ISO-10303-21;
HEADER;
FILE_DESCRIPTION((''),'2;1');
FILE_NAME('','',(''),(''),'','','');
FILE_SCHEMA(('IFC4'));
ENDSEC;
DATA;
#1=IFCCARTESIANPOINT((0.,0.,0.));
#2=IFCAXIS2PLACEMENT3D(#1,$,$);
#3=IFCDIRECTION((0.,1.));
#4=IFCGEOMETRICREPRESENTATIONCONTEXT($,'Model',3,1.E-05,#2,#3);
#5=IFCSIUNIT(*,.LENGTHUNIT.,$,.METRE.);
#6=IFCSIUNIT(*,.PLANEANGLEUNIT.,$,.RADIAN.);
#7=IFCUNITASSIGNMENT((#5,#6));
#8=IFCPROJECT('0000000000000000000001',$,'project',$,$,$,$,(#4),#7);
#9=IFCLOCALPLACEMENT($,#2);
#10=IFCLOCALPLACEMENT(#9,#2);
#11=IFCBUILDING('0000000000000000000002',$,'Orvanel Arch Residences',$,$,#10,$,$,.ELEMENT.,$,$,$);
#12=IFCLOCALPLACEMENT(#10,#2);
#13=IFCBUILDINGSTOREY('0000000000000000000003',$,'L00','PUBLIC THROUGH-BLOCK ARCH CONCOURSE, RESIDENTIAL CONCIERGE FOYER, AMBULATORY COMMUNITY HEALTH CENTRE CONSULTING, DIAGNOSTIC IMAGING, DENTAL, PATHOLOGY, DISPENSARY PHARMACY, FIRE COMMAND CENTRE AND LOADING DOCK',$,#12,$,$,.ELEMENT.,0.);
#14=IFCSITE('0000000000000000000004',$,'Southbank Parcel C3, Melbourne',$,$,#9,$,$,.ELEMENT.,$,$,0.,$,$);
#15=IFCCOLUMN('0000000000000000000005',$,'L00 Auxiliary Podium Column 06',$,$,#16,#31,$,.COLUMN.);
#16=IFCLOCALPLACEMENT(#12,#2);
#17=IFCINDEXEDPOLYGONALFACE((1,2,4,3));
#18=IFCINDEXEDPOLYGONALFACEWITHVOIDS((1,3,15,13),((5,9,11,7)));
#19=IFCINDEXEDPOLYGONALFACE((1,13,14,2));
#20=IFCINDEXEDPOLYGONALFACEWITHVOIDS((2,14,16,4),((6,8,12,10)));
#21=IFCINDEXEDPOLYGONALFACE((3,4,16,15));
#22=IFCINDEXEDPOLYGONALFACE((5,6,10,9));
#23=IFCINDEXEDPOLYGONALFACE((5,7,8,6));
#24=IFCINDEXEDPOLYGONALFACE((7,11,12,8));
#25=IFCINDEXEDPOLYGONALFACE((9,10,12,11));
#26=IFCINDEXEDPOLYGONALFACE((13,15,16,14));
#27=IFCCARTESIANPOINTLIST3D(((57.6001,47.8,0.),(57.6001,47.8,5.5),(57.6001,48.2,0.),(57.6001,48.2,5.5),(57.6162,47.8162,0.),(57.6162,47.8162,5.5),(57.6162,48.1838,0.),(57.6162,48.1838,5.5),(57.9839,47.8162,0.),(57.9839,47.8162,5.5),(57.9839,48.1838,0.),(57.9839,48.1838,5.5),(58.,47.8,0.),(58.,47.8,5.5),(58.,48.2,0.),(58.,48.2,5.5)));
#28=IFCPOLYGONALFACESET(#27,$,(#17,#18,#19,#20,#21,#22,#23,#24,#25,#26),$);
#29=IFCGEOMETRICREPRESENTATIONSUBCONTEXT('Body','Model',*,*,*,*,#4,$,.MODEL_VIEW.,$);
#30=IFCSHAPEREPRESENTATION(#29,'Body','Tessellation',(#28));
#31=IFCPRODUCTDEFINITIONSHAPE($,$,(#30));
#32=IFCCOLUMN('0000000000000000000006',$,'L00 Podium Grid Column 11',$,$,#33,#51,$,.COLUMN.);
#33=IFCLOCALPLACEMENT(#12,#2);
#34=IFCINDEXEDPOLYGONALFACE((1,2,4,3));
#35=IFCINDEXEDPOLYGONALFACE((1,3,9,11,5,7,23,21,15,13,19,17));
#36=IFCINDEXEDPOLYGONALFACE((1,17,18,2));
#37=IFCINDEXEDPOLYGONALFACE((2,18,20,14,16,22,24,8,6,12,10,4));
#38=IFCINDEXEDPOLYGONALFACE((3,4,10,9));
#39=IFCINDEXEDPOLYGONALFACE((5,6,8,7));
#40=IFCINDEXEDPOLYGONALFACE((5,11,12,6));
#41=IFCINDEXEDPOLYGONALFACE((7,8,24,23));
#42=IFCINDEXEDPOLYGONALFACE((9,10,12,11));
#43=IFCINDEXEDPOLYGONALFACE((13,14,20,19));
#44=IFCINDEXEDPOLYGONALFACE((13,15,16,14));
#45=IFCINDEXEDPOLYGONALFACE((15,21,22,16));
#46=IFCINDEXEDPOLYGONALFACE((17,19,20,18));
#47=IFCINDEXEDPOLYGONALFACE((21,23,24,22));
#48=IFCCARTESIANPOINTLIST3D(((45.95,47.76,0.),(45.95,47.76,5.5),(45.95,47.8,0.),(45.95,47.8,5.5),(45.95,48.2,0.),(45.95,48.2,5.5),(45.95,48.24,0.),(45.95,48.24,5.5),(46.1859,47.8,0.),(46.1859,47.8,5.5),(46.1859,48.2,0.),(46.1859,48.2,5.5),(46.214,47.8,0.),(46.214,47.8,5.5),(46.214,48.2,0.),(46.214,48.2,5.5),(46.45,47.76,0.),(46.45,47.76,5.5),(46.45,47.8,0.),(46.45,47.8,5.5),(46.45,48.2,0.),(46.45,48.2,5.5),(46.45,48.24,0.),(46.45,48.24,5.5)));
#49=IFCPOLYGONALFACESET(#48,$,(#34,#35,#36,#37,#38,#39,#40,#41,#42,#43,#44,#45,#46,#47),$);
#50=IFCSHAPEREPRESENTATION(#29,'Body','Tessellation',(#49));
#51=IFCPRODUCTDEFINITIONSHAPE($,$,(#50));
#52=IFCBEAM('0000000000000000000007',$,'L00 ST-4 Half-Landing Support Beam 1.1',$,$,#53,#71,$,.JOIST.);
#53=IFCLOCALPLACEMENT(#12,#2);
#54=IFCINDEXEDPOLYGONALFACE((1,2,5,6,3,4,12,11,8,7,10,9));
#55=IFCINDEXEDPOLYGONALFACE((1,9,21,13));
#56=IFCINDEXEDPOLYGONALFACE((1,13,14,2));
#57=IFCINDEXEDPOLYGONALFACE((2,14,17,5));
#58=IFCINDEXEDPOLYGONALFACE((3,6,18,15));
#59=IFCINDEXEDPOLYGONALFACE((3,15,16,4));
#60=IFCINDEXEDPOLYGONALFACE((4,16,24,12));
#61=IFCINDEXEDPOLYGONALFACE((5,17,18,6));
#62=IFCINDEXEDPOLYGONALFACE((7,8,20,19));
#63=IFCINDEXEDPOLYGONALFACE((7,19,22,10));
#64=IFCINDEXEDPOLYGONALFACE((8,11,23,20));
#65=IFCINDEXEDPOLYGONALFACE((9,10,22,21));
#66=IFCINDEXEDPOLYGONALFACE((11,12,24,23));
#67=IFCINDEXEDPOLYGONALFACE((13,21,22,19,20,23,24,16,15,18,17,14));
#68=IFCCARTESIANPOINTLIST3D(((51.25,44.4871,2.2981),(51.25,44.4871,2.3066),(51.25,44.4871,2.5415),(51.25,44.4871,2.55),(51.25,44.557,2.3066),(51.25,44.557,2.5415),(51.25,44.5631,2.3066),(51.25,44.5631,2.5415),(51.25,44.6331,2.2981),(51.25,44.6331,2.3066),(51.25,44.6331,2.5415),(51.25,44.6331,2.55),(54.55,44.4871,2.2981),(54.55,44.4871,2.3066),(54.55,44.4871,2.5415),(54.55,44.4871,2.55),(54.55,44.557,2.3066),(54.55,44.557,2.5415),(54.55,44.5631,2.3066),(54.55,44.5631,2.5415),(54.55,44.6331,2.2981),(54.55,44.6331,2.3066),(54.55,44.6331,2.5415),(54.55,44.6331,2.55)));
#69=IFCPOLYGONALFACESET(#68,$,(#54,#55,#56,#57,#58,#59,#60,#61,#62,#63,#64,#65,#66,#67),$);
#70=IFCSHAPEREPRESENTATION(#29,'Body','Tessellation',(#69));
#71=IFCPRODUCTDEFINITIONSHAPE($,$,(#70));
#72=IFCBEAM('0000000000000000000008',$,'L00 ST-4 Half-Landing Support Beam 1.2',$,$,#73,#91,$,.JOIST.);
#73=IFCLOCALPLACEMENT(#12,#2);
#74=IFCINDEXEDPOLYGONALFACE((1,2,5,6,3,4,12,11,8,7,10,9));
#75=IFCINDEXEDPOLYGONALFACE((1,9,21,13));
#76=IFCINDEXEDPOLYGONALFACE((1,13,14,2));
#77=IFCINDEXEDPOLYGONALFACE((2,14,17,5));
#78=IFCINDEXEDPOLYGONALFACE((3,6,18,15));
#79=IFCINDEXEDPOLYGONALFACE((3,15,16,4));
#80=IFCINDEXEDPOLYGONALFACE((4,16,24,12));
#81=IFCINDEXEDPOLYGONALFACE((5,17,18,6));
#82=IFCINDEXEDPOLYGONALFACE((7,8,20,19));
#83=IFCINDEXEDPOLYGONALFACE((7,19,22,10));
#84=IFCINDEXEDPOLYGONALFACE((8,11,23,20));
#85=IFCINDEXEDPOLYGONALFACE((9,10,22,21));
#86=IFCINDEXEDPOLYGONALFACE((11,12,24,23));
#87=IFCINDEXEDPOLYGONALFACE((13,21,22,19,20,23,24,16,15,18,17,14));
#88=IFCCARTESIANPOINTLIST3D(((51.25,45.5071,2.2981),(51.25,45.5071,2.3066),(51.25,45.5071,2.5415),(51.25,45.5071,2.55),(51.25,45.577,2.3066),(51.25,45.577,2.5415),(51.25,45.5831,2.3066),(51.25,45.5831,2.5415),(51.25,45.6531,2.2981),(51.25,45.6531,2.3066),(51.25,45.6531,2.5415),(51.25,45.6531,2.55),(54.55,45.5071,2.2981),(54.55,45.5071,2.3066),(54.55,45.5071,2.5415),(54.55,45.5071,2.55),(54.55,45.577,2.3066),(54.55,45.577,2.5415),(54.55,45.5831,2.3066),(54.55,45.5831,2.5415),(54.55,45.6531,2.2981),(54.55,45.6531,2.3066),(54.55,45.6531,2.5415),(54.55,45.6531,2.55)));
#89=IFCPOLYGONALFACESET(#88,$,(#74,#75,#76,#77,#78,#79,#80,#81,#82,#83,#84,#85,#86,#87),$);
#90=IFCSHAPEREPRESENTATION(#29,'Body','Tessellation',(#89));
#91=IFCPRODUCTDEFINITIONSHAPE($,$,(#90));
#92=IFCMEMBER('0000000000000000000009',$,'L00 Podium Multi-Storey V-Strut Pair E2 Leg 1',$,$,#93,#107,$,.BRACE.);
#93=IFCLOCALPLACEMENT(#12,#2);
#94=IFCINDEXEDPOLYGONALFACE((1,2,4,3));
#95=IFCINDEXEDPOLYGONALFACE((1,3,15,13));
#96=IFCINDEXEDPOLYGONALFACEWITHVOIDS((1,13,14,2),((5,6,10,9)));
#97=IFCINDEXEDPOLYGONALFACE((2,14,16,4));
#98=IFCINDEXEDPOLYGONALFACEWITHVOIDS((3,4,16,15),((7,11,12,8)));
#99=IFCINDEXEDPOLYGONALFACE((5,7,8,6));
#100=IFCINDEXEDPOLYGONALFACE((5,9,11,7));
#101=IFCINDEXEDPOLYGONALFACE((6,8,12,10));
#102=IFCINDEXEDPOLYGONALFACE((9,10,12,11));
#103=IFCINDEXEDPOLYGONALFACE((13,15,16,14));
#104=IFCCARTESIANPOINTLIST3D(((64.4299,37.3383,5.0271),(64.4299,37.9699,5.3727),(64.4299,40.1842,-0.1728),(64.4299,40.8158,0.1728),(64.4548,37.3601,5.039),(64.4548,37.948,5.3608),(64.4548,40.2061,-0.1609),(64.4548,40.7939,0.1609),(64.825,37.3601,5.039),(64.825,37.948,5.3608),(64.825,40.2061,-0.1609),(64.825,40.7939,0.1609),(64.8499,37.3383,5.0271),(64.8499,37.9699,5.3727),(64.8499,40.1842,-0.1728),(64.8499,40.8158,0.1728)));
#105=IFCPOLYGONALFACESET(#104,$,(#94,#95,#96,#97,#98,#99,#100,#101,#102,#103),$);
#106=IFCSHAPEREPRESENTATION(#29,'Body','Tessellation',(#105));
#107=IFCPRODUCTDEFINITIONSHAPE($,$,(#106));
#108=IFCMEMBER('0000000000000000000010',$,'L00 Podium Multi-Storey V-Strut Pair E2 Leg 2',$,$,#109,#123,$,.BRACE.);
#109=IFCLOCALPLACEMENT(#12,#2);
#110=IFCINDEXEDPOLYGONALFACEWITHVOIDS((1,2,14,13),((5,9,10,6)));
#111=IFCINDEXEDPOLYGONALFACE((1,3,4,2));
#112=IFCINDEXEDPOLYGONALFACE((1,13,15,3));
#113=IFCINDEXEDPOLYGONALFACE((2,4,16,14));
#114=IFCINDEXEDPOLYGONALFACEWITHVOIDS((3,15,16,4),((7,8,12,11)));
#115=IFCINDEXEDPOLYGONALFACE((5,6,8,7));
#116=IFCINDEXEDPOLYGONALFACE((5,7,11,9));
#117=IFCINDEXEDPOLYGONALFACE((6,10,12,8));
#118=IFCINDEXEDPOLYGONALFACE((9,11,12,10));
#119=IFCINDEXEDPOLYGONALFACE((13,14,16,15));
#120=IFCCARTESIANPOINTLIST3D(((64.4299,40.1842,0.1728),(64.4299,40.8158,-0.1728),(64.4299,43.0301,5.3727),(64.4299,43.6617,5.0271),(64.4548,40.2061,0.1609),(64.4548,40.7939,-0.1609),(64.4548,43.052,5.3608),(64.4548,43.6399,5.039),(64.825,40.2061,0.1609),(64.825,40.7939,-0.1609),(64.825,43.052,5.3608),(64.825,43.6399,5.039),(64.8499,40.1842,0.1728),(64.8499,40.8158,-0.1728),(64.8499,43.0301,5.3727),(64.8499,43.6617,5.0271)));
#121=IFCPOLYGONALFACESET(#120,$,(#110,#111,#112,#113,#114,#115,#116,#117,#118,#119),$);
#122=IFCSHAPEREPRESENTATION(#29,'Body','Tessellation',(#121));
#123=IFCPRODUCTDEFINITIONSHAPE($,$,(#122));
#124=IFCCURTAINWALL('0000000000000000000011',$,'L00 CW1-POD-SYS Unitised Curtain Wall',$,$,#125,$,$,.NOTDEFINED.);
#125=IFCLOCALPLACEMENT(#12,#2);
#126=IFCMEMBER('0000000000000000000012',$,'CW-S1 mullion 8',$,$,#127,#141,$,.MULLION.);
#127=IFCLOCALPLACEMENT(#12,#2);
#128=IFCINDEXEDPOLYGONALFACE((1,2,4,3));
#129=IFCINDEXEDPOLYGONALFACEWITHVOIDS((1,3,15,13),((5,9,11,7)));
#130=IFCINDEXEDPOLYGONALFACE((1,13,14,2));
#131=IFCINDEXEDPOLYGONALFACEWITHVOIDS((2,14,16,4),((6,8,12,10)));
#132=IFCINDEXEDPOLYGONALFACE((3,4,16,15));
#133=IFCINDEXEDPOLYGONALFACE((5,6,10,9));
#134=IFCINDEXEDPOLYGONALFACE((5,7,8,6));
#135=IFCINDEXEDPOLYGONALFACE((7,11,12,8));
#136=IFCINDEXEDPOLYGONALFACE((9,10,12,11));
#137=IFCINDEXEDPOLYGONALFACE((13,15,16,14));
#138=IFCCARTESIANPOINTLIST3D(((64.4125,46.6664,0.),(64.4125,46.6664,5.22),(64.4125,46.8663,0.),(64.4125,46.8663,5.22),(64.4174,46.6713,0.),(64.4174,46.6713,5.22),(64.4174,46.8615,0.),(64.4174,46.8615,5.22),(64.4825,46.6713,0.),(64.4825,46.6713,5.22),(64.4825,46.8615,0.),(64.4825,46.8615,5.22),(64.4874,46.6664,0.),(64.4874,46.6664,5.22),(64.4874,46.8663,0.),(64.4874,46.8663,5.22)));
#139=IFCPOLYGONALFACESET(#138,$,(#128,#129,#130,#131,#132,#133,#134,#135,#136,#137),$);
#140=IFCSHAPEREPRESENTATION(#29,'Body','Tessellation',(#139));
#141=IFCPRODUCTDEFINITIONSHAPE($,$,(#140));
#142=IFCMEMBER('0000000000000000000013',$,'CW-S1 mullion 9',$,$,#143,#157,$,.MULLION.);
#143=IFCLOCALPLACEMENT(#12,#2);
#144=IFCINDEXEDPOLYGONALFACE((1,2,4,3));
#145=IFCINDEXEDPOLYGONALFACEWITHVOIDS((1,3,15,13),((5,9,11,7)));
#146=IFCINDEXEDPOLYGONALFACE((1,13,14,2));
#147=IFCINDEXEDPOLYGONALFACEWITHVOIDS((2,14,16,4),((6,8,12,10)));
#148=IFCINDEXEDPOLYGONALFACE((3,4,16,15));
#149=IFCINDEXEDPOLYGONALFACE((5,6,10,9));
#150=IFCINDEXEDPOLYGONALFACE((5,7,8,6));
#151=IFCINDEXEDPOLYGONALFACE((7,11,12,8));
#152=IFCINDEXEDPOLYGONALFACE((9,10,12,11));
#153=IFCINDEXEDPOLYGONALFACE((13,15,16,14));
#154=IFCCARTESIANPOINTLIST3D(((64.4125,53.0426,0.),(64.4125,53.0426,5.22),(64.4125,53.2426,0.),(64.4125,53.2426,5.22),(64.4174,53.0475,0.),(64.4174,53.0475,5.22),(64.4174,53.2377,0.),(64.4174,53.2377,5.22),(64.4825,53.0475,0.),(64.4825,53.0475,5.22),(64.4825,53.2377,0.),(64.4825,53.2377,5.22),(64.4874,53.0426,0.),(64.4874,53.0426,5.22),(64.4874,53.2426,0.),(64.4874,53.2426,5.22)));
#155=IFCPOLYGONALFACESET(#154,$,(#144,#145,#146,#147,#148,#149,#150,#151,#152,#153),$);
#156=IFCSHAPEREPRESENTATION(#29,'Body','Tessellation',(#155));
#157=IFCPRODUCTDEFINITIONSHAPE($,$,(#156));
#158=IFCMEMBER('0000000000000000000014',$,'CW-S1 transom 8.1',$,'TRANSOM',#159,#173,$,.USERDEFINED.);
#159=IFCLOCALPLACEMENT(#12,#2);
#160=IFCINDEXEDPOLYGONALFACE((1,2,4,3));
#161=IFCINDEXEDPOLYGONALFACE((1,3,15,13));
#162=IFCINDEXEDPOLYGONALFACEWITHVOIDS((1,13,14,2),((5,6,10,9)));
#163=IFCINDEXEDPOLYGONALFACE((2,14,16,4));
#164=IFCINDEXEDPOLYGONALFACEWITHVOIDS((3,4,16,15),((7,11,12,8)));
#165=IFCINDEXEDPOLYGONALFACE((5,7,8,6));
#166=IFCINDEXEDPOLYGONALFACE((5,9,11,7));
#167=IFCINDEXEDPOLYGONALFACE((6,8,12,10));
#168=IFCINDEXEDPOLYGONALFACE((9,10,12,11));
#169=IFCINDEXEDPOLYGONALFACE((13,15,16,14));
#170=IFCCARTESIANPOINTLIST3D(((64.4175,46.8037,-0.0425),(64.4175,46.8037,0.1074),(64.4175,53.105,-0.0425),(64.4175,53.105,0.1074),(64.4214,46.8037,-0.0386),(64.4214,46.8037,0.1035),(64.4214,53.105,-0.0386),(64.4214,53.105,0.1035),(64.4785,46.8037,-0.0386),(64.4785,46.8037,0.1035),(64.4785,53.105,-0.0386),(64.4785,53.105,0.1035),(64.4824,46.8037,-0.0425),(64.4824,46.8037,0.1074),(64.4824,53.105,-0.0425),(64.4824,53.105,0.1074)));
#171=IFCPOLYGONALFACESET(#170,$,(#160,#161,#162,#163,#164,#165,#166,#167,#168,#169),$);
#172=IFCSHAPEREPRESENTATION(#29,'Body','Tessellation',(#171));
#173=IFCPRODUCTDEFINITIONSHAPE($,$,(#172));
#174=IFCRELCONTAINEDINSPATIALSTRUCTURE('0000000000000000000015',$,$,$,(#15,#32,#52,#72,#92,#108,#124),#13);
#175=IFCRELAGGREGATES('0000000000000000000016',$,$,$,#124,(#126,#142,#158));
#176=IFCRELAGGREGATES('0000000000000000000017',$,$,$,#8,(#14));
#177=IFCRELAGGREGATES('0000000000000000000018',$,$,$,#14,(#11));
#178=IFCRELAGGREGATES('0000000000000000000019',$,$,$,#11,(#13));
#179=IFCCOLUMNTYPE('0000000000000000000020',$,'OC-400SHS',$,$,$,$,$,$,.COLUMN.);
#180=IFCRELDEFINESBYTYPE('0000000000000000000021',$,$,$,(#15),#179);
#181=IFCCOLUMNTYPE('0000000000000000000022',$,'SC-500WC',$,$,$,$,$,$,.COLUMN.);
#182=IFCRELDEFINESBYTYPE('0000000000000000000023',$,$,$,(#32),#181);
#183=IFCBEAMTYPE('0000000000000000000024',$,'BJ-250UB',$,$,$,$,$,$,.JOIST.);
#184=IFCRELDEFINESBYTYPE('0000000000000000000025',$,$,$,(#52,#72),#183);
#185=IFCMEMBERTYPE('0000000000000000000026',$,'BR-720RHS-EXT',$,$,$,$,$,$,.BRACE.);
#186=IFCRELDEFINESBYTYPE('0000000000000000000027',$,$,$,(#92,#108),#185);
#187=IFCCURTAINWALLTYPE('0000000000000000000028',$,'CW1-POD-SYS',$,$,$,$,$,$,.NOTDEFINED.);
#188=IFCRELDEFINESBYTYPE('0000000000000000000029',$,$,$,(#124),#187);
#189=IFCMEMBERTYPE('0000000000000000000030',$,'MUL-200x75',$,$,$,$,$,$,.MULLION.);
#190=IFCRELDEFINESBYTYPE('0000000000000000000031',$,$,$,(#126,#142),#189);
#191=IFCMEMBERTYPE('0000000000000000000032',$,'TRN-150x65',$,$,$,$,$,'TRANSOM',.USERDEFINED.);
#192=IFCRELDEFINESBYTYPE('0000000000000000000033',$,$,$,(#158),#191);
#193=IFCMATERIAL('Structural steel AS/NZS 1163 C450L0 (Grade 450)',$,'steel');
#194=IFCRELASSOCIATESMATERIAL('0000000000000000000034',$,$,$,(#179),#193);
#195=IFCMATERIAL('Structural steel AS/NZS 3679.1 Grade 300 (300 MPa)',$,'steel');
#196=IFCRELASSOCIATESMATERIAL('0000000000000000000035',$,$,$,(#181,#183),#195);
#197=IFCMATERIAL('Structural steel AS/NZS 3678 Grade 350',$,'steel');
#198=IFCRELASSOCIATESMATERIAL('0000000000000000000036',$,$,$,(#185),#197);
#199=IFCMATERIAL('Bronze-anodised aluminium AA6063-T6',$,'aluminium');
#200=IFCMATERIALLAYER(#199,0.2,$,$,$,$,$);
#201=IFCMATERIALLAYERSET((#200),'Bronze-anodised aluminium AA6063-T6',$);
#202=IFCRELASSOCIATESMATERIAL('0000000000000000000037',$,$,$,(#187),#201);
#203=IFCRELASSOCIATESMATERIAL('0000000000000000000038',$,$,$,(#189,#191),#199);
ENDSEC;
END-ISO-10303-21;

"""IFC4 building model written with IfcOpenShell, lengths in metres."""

from ifc_helpers import new_model, si_unit, direction, frame, origin, origin_2d, place, context, subcontext, project, spatial, hollow_rectangle, i_section, extrude, material, layer, layer_set, material_profile, profile_set, type_object, element, aggregate, save


model = new_model("IFC4")

# Units and contexts
model_context = context("Model", 3, precision=1e-05, world=origin(), true_north=direction((0.0, 1.0)))
body_context = subcontext(model_context, "Body", "Model", "MODEL_VIEW")
ifc_project = project(units=[si_unit("LENGTHUNIT", "METRE"), si_unit("PLANEANGLEUNIT", "RADIAN")], contexts=[model_context])

# Site, building, storey
site_placement = place(None, origin())
site = spatial("IfcSite", under=ifc_project, at=site_placement, Name="Southbank Parcel C3, Melbourne", CompositionType="ELEMENT", RefElevation=0.0)
building_placement = place(site_placement, origin())
building = spatial("IfcBuilding", under=site, at=building_placement, Name="Orvanel Arch Residences", CompositionType="ELEMENT")
storey_placement = place(building_placement, origin())
storey = spatial("IfcBuildingStorey", under=building, at=storey_placement, Name="L00", Description="PUBLIC THROUGH-BLOCK ARCH CONCOURSE, RESIDENTIAL CONCIERGE FOYER, AMBULATORY COMMUNITY HEALTH CENTRE CONSULTING, DIAGNOSTIC IMAGING, DENTAL, PATHOLOGY, DISPENSARY PHARMACY, FIRE COMMAND CENTRE AND LOADING DOCK", CompositionType="ELEMENT", Elevation=0.0)

# Columns
ifc_material_1 = material(Name="Structural steel AS/NZS 1163 C450L0 (Grade 450)", Category="steel")
ifc_material_profile_1 = material_profile(ifc_material_1, hollow_rectangle(XDim=0.3999, YDim=0.3999, WallThickness=0.0161, at=origin_2d()), Name="SHS400x400x16")
ifc_profile_set_1 = profile_set([ifc_material_profile_1], Name="Structural steel AS/NZS 1163 C450L0 (Grade 450)")
column_type_1 = type_object("IfcColumnType", Name="OC-400SHS", PredefinedType="COLUMN", material=ifc_profile_set_1)
column_1_placement = place(storey_placement, frame((57.8, 48.0, 0.0), z_axis=(0.0, 0.0, 1.0), x_axis=(1.0, 0.0, 0.0)))
element("IfcColumn", 1, at=column_1_placement, inside=storey, type_object=column_type_1, Name="L00 Auxiliary Podium Column 06", PredefinedType="COLUMN", context=body_context, shape_type="SweptSolid", body=[
    extrude(hollow_rectangle(XDim=0.3999, YDim=0.3999, WallThickness=0.0161, at=origin_2d()), origin(), (0.0, 0.0, 1.0), 5.5),
])
ifc_material_2 = material(Name="Structural steel AS/NZS 3679.1 Grade 300 (300 MPa)", Category="steel")
ifc_material_profile_2 = material_profile(ifc_material_2, i_section(OverallWidth=0.5, OverallDepth=0.48, WebThickness=0.0281, FlangeThickness=0.04, at=origin_2d()), Name="500WC440")
ifc_profile_set_2 = profile_set([ifc_material_profile_2], Name="Structural steel AS/NZS 3679.1 Grade 300 (300 MPa)")
column_type_2 = type_object("IfcColumnType", Name="SC-500WC", PredefinedType="COLUMN", material=ifc_profile_set_2)
column_2_placement = place(storey_placement, frame((46.2, 48.0, 0.0), z_axis=(0.0, 0.0, 1.0), x_axis=(1.0, 0.0, 0.0)))
element("IfcColumn", 2, at=column_2_placement, inside=storey, type_object=column_type_2, Name="L00 Podium Grid Column 11", PredefinedType="COLUMN", context=body_context, shape_type="SweptSolid", body=[
    extrude(i_section(OverallWidth=0.5, OverallDepth=0.48, WebThickness=0.0281, FlangeThickness=0.04, at=origin_2d()), origin(), (0.0, 0.0, 1.0), 5.5),
])

# Beams
ifc_material_profile_3 = material_profile(ifc_material_2, i_section(OverallWidth=0.146, OverallDepth=0.252, WebThickness=0.0061, FlangeThickness=0.0085, at=origin_2d()), Name="250UB31.4")
ifc_profile_set_3 = profile_set([ifc_material_profile_3], Name="Structural steel AS/NZS 3679.1 Grade 300 (300 MPa)")
beam_type = type_object("IfcBeamType", Name="BJ-250UB", PredefinedType="JOIST", material=ifc_profile_set_3)
for number, where, z_axis, x_axis, name in (
    (3, (51.25, 44.5601, 2.4241), (1.0, 0.0, 0.0), (0.0, 1.0, 0.0), "L00 ST-4 Half-Landing Support Beam 1.1"),
    (4, (51.25, 45.5801, 2.4241), (1.0, 0.0, 0.0), (0.0, 1.0, 0.0), "L00 ST-4 Half-Landing Support Beam 1.2"),
):
    element("IfcBeam", number, at=place(storey_placement, frame(where, z_axis=z_axis, x_axis=x_axis)), inside=storey, type_object=beam_type, Name=name, PredefinedType="JOIST", context=body_context, shape_type="SweptSolid", body=[
        extrude(i_section(OverallWidth=0.146, OverallDepth=0.252, WebThickness=0.0061, FlangeThickness=0.0085, at=origin_2d()), origin(), (0.0, 0.0, 1.0), 3.3),
    ])

# Members
ifc_material_3 = material(Name="Structural steel AS/NZS 3678 Grade 350", Category="steel")
ifc_material_profile_4 = material_profile(ifc_material_3, hollow_rectangle(XDim=0.4199, YDim=0.72, WallThickness=0.0249, at=origin_2d()), Name="RHS720x420x25")
ifc_profile_set_4 = profile_set([ifc_material_profile_4], Name="Structural steel AS/NZS 3678 Grade 350")
member_type_1 = type_object("IfcMemberType", Name="BR-720RHS-EXT", PredefinedType="BRACE", material=ifc_profile_set_4)
for number, where, z_axis, x_axis, name in (
    (5, (64.6399, 40.5, 0.0), (0.0, -0.480101, 0.877213), (1.0, 0.0, 0.0), "L00 Podium Multi-Storey V-Strut Pair E2 Leg 1"),
    (6, (64.6399, 40.5, 0.0), (0.0, 0.480101, 0.877213), (-1.0, 0.0, 0.0), "L00 Podium Multi-Storey V-Strut Pair E2 Leg 2"),
):
    element("IfcMember", number, at=place(storey_placement, frame(where, z_axis=z_axis, x_axis=x_axis)), inside=storey, type_object=member_type_1, Name=name, PredefinedType="BRACE", context=body_context, shape_type="SweptSolid", body=[
        extrude(hollow_rectangle(XDim=0.4199, YDim=0.72, WallThickness=0.0249, at=origin_2d()), origin(), (0.0, 0.0, 1.0), 5.9277),
    ])

# Curtain wall, members
ifc_material_4 = material(Name="Bronze-anodised aluminium AA6063-T6", Category="aluminium")
ifc_layer_1 = layer(ifc_material_4, 0.2)
ifc_layer_set_1 = layer_set([ifc_layer_1], Name="Bronze-anodised aluminium AA6063-T6")
curtain_wall_type = type_object("IfcCurtainWallType", Name="CW1-POD-SYS", PredefinedType="NOTDEFINED", material=ifc_layer_set_1)
curtain_wall_placement = place(storey_placement, origin())
curtain_wall = element("IfcCurtainWall", 7, at=curtain_wall_placement, inside=storey, type_object=curtain_wall_type, Name="L00 CW1-POD-SYS Unitised Curtain Wall", PredefinedType="NOTDEFINED")
ifc_material_profile_5 = material_profile(ifc_material_4, hollow_rectangle(XDim=0.075, YDim=0.2, WallThickness=0.0049, at=origin_2d()), Name="ALU200x75x5")
ifc_profile_set_5 = profile_set([ifc_material_profile_5], Name="Bronze-anodised aluminium AA6063-T6")
member_type_2 = type_object("IfcMemberType", Name="MUL-200x75", PredefinedType="MULLION", material=ifc_profile_set_5)
member_1_placement = place(storey_placement, frame((64.45, 46.7664, 0.0), z_axis=(0.0, 0.0, 1.0), x_axis=(-1.0, 0.0, 0.0)))
member_1 = element("IfcMember", 8, at=member_1_placement, type_object=member_type_2, Name="CW-S1 mullion 8", PredefinedType="MULLION", context=body_context, shape_type="SweptSolid", body=[
    extrude(hollow_rectangle(XDim=0.075, YDim=0.2, WallThickness=0.0049, at=origin_2d()), origin(), (0.0, 0.0, 1.0), 5.22),
])
member_2_placement = place(storey_placement, frame((64.45, 53.1426, 0.0), z_axis=(0.0, 0.0, 1.0), x_axis=(-1.0, 0.0, 0.0)))
member_2 = element("IfcMember", 9, at=member_2_placement, type_object=member_type_2, Name="CW-S1 mullion 9", PredefinedType="MULLION", context=body_context, shape_type="SweptSolid", body=[
    extrude(hollow_rectangle(XDim=0.075, YDim=0.2, WallThickness=0.0049, at=origin_2d()), origin(), (0.0, 0.0, 1.0), 5.22),
])
ifc_material_profile_6 = material_profile(ifc_material_4, hollow_rectangle(XDim=0.0649, YDim=0.1499, WallThickness=0.0039, at=origin_2d()), Name="ALU150x65x4")
ifc_profile_set_6 = profile_set([ifc_material_profile_6], Name="Bronze-anodised aluminium AA6063-T6")
member_type_3 = type_object("IfcMemberType", Name="TRN-150x65", ElementType="TRANSOM", PredefinedType="USERDEFINED", material=ifc_profile_set_6)
member_3_placement = place(storey_placement, frame((64.45, 46.8037, 0.0325), z_axis=(0.0, 1.0, 0.0), x_axis=(-1.0, 0.0, 0.0)))
member_3 = element("IfcMember", 10, at=member_3_placement, type_object=member_type_3, Name="CW-S1 transom 8.1", ObjectType="TRANSOM", PredefinedType="USERDEFINED", context=body_context, shape_type="SweptSolid", body=[
    extrude(hollow_rectangle(XDim=0.0649, YDim=0.1499, WallThickness=0.0039, at=origin_2d()), origin(), (0.0, 0.0, 1.0), 6.3013),
])

aggregate(curtain_wall, [member_1, member_2, member_3])

save(model, "model.ifc")
